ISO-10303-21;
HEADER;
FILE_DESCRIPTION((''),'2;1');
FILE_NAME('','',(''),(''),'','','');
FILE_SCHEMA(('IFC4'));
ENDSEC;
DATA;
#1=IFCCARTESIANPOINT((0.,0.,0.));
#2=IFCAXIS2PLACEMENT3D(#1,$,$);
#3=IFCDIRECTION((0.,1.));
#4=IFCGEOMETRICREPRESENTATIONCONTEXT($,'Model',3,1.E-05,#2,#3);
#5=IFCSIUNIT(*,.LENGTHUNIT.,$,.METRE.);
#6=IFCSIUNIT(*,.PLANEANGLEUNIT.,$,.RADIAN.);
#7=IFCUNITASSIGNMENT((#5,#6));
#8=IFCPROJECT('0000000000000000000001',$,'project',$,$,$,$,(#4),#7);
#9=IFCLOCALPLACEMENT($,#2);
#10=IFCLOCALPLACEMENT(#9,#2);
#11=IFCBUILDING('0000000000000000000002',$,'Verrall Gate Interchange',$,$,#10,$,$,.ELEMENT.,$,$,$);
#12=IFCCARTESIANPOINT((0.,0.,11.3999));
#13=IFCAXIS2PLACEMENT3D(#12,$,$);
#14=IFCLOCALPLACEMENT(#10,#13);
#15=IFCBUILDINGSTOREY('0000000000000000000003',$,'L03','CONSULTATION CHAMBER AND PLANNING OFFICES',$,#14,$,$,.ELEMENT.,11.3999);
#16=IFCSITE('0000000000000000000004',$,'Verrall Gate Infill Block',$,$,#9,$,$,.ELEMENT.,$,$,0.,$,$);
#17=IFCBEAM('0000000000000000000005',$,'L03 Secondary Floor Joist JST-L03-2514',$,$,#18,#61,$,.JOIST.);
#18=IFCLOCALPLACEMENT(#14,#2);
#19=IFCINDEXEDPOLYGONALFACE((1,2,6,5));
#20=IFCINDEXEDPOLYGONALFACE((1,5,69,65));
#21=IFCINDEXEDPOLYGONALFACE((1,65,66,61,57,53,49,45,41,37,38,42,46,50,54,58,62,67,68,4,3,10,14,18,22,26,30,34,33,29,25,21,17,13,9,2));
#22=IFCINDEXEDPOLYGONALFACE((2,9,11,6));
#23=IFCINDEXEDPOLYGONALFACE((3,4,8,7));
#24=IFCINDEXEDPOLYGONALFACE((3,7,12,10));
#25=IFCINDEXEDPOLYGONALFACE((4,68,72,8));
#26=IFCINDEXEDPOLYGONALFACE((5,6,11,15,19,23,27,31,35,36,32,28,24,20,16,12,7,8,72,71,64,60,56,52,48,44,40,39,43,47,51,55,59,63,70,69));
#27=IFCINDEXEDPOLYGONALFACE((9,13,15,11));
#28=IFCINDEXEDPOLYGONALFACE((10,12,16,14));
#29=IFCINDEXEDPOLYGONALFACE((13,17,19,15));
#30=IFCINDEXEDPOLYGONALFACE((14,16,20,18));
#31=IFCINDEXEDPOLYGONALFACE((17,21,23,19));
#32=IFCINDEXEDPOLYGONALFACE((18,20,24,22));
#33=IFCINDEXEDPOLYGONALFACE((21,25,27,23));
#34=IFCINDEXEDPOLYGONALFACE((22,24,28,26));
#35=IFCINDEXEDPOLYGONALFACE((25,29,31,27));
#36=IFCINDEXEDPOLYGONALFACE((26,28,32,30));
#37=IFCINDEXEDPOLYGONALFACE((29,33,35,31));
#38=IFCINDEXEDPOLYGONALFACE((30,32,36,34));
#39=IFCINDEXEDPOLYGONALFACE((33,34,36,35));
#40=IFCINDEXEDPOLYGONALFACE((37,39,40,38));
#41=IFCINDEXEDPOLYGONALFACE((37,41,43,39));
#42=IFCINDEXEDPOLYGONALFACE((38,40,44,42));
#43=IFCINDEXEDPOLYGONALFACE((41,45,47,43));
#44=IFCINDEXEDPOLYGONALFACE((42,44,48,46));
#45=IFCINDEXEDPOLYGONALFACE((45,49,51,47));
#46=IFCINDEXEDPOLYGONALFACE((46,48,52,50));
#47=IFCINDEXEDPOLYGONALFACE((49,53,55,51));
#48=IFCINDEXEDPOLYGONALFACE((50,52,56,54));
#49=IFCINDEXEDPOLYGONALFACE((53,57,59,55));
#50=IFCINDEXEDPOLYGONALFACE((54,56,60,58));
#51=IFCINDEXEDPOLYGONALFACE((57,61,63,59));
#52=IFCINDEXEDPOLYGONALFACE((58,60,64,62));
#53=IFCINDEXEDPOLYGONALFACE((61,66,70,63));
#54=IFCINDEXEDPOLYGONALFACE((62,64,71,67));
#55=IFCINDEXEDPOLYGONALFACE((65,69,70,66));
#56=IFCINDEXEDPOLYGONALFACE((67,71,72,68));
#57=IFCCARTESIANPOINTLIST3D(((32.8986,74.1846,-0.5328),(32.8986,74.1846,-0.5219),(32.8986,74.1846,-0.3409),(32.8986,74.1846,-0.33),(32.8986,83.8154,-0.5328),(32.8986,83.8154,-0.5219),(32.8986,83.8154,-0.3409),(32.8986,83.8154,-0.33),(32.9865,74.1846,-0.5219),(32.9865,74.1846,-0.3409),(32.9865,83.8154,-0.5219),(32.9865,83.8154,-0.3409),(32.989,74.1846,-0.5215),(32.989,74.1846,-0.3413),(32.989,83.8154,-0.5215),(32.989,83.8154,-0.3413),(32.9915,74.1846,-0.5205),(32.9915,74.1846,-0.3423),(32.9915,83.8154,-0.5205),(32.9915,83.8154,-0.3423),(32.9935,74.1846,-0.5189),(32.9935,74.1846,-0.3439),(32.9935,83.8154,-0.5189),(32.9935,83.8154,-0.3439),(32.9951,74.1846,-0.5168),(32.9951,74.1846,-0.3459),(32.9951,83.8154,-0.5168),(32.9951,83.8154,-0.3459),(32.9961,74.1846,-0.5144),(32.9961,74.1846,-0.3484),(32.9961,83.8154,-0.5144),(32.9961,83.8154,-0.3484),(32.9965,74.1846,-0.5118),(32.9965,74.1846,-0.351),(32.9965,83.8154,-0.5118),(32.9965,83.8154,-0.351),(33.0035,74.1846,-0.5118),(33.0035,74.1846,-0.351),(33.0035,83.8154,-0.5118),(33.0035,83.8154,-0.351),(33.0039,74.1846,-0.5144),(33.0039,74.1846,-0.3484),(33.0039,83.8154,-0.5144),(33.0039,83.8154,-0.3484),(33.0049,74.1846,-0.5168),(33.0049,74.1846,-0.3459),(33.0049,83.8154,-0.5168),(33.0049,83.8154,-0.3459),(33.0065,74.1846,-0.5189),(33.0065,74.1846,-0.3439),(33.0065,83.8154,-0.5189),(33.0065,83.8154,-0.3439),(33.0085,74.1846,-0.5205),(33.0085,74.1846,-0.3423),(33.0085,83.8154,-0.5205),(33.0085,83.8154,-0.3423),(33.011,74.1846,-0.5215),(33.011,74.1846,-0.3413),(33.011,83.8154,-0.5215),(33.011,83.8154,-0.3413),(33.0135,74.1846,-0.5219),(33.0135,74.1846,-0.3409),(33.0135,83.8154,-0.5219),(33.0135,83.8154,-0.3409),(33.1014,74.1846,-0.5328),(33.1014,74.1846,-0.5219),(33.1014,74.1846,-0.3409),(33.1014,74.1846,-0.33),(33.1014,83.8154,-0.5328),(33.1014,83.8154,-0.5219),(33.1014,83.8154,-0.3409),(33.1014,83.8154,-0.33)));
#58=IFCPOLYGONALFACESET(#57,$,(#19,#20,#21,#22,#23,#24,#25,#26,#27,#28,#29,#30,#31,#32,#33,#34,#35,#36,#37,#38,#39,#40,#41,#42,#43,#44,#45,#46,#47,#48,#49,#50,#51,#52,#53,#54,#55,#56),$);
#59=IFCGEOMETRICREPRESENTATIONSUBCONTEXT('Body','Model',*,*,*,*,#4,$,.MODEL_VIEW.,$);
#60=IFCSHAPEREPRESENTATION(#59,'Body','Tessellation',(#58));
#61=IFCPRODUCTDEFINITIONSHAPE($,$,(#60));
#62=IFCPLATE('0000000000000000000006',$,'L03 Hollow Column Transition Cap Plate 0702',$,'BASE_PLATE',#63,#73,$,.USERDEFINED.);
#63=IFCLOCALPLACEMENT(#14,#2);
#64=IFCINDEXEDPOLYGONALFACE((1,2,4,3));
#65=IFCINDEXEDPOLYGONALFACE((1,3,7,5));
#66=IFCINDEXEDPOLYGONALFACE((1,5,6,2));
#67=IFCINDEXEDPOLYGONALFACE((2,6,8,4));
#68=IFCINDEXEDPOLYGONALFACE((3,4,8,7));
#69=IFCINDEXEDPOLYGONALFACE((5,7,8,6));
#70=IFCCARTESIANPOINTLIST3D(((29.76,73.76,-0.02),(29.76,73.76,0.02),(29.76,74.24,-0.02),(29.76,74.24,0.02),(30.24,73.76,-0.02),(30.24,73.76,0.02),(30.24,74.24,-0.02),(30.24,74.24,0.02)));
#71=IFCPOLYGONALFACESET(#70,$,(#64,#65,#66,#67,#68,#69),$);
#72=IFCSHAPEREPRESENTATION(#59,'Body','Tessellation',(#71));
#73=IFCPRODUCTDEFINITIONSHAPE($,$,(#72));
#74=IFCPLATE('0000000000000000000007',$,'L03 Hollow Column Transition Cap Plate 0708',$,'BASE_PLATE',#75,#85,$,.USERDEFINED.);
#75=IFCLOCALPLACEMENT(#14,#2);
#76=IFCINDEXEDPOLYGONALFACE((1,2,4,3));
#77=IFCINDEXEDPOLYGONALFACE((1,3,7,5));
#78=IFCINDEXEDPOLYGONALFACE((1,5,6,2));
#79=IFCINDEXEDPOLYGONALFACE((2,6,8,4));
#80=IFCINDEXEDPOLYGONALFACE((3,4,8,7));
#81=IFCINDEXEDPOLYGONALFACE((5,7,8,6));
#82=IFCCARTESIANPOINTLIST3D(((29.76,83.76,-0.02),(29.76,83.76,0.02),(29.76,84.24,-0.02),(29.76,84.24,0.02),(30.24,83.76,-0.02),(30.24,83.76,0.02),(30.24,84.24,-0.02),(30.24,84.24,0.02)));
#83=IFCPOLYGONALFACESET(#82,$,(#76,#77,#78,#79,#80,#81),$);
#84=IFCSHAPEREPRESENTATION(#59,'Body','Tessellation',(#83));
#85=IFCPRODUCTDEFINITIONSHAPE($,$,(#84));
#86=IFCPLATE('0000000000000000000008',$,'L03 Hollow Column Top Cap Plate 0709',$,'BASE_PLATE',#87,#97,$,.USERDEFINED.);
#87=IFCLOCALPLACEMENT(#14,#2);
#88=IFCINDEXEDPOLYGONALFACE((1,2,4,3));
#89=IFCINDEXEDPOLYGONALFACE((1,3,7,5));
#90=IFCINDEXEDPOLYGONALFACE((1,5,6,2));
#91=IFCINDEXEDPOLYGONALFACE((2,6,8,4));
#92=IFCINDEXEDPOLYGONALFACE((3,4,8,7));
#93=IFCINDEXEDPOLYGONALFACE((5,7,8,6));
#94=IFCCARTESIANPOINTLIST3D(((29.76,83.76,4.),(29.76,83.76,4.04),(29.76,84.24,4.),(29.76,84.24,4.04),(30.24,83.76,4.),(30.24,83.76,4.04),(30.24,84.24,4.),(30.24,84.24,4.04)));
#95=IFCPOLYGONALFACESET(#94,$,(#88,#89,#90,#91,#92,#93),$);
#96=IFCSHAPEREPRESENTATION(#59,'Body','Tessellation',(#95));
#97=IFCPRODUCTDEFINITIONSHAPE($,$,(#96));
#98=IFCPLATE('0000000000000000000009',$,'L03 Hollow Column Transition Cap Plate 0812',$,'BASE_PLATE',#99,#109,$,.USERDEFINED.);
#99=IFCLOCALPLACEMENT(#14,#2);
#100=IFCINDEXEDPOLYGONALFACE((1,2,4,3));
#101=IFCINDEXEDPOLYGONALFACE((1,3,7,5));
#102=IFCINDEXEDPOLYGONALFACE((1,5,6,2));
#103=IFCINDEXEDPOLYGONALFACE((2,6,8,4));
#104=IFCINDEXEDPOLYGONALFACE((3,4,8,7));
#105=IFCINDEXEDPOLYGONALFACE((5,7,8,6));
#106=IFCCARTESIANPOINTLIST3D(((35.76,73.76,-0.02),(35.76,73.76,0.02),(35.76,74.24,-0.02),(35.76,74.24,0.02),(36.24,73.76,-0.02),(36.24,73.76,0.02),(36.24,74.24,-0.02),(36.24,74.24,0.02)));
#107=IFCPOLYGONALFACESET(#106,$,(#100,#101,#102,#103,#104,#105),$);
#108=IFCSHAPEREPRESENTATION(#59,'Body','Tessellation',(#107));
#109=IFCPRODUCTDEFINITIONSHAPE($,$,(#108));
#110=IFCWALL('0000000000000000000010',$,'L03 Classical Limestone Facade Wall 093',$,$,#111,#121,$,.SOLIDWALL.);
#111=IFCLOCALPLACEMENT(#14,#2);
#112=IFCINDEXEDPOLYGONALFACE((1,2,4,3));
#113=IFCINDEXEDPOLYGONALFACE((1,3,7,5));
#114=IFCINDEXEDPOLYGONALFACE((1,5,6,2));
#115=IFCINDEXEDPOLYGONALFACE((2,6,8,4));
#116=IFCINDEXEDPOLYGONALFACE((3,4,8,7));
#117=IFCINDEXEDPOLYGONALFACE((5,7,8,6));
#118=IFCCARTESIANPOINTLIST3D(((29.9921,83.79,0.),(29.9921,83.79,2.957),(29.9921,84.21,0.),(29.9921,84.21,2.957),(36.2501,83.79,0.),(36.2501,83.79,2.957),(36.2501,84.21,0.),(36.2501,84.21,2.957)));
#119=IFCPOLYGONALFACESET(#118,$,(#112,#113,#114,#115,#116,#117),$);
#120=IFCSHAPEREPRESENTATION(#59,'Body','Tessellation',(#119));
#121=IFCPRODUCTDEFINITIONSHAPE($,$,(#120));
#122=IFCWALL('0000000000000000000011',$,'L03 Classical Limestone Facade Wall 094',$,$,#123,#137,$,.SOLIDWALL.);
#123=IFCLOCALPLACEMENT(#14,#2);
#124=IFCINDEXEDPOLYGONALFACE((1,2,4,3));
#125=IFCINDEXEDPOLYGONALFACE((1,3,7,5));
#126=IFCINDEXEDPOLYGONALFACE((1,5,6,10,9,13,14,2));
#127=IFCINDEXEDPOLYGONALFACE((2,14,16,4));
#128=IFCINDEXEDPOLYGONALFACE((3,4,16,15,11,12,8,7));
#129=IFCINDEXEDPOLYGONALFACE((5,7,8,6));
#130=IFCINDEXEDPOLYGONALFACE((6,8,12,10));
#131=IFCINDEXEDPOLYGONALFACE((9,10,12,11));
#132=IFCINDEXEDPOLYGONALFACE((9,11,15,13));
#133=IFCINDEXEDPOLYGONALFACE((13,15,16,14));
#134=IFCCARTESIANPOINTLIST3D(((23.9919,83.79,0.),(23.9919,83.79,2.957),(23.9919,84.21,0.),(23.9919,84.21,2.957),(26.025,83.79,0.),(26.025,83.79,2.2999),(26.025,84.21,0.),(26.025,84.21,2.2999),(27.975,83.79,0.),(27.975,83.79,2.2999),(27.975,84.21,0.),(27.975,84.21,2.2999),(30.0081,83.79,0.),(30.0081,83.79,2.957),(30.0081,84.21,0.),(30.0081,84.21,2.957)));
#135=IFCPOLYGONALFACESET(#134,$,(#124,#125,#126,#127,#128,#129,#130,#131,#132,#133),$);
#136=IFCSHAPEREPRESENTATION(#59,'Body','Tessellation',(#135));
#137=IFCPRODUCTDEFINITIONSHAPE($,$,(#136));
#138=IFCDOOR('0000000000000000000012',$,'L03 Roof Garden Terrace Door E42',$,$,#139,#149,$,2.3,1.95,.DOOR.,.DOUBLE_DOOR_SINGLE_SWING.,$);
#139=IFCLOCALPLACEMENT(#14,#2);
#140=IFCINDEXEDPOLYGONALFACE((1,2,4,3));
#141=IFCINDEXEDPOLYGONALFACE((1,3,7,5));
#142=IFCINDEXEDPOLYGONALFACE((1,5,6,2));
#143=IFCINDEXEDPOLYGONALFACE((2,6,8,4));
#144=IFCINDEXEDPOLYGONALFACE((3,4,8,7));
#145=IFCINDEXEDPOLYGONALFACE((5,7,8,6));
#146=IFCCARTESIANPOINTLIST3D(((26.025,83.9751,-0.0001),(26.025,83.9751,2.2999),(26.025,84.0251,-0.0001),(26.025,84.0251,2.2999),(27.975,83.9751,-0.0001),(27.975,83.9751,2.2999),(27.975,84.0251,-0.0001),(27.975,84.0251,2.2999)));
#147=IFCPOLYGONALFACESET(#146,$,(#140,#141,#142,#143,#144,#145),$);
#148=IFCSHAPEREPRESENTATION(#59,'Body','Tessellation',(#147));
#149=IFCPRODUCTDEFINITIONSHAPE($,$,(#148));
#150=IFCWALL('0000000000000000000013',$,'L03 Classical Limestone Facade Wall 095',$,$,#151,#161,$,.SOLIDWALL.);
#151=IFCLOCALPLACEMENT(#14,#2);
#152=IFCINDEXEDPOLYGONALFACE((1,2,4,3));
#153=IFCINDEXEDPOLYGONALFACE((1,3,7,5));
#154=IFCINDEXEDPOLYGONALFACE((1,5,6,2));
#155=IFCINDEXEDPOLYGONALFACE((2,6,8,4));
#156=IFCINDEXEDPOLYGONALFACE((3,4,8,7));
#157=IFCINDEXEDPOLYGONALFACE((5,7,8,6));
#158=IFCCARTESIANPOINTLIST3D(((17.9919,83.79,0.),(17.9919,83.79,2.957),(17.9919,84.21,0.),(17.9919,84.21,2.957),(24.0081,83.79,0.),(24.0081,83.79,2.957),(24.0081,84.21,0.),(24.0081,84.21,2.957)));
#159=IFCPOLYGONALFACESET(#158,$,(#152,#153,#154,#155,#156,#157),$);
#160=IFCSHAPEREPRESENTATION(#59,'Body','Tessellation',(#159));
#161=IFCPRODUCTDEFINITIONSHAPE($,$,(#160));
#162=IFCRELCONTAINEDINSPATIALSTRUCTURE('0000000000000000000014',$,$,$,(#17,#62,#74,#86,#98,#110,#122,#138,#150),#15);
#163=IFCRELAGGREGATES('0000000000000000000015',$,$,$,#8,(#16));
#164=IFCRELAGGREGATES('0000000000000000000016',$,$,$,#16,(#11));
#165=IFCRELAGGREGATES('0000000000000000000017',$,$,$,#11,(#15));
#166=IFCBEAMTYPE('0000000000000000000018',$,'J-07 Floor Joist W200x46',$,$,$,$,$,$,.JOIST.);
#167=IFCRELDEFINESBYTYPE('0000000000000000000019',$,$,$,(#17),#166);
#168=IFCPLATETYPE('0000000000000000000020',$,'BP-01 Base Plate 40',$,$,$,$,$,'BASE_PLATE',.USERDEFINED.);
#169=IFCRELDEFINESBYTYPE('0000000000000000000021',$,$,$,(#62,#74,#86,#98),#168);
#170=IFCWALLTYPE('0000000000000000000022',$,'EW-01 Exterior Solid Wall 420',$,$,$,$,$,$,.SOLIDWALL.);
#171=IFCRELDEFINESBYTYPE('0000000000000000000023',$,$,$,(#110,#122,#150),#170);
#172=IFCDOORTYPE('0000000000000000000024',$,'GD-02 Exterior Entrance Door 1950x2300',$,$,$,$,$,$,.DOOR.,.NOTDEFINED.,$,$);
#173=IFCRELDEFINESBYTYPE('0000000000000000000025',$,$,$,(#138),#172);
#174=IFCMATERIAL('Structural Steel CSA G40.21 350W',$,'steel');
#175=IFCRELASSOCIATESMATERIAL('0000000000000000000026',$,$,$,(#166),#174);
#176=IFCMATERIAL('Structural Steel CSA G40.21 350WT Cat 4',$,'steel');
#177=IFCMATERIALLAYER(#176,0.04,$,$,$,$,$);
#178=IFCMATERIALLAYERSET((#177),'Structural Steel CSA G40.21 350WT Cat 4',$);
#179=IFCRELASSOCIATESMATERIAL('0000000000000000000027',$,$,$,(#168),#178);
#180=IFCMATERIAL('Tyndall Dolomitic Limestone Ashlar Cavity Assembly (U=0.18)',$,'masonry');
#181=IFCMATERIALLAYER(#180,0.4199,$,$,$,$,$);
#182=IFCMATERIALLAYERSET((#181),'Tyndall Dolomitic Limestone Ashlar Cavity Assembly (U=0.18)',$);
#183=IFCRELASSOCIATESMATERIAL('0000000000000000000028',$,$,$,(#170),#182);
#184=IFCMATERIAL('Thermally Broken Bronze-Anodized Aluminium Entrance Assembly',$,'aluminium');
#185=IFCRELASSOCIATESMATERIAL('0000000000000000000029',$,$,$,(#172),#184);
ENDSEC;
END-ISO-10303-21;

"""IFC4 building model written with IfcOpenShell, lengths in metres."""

from ifc_helpers import new_model, si_unit, direction, frame, frame_2d, origin, origin_2d, place, context, subcontext, project, spatial, rectangle, i_section, extrude, material, layer, layer_set, material_profile, profile_set, type_object, element, fill, save


model = new_model("IFC4")

# Units and contexts
model_context = context("Model", 3, precision=1e-05, world=origin(), true_north=direction((0.0, 1.0)))
body_context = subcontext(model_context, "Body", "Model", "MODEL_VIEW")
ifc_project = project(units=[si_unit("LENGTHUNIT", "METRE"), si_unit("PLANEANGLEUNIT", "RADIAN")], contexts=[model_context])

# Site, building, storey
site_placement = place(None, origin())
site = spatial("IfcSite", under=ifc_project, at=site_placement, Name="Verrall Gate Infill Block", CompositionType="ELEMENT", RefElevation=0.0)
building_placement = place(site_placement, origin())
building = spatial("IfcBuilding", under=site, at=building_placement, Name="Verrall Gate Interchange", CompositionType="ELEMENT")
storey_placement = place(building_placement, frame((0.0, 0.0, 11.3999)))
storey = spatial("IfcBuildingStorey", under=building, at=storey_placement, Name="L03", Description="CONSULTATION CHAMBER AND PLANNING OFFICES", CompositionType="ELEMENT", Elevation=11.3999)

# Beam
ifc_material_1 = material(Name="Structural Steel CSA G40.21 350W", Category="steel")
ifc_material_profile_1 = material_profile(ifc_material_1, i_section(OverallWidth=0.2029, OverallDepth=0.2029, WebThickness=0.0071, FlangeThickness=0.011, FilletRadius=0.01, at=origin_2d()), Name="W200x46")
ifc_profile_set_1 = profile_set([ifc_material_profile_1], Name="Structural Steel CSA G40.21 350W")
beam_type_1 = type_object("IfcBeamType", Name="J-07 Floor Joist W200x46", PredefinedType="JOIST", material=ifc_profile_set_1)
beam_1_placement = place(storey_placement, frame((33.0, 74.1846, -0.4314), z_axis=(0.0, 1.0, 0.0), x_axis=(-1.0, 0.0, 0.0)))
element("IfcBeam", 1, at=beam_1_placement, inside=storey, type_object=beam_type_1, Name="L03 Secondary Floor Joist JST-L03-2514", PredefinedType="JOIST", context=body_context, shape_type="SweptSolid", body=[
    extrude(i_section(OverallWidth=0.2029, OverallDepth=0.2029, WebThickness=0.0071, FlangeThickness=0.011, FilletRadius=0.01, at=origin_2d()), origin(), (0.0, 0.0, 1.0), 9.6309),
])

# Plates
ifc_material_2 = material(Name="Structural Steel CSA G40.21 350WT Cat 4", Category="steel")
ifc_layer_1 = layer(ifc_material_2, 0.04)
ifc_layer_set_1 = layer_set([ifc_layer_1], Name="Structural Steel CSA G40.21 350WT Cat 4")
plate_type = type_object("IfcPlateType", Name="BP-01 Base Plate 40", ElementType="BASE_PLATE", PredefinedType="USERDEFINED", material=ifc_layer_set_1)
for number, where, z_axis, x_axis, name in (
    (2, (30.0, 74.0, -0.02), (0.0, 0.0, 1.0), (1.0, 0.0, 0.0), "L03 Hollow Column Transition Cap Plate 0702"),
    (3, (30.0, 84.0, -0.02), (0.0, 0.0, 1.0), (1.0, 0.0, 0.0), "L03 Hollow Column Transition Cap Plate 0708"),
    (4, (30.0, 84.0, 4.0), (0.0, 0.0, 1.0), (1.0, 0.0, 0.0), "L03 Hollow Column Top Cap Plate 0709"),
    (5, (36.0, 74.0, -0.02), (0.0, 0.0, 1.0), (1.0, 0.0, 0.0), "L03 Hollow Column Transition Cap Plate 0812"),
):
    element("IfcPlate", number, at=place(storey_placement, frame(where, z_axis=z_axis, x_axis=x_axis)), inside=storey, type_object=plate_type, Name=name, ObjectType="BASE_PLATE", PredefinedType="USERDEFINED", context=body_context, shape_type="SweptSolid", body=[
        extrude(rectangle(XDim=0.48, YDim=0.48, at=origin_2d()), origin(), (0.0, 0.0, 1.0), 0.04),
    ])

# Wall
ifc_material_3 = material(Name="Tyndall Dolomitic Limestone Ashlar Cavity Assembly (U=0.18)", Category="masonry")
ifc_layer_2 = layer(ifc_material_3, 0.4199)
ifc_layer_set_2 = layer_set([ifc_layer_2], Name="Tyndall Dolomitic Limestone Ashlar Cavity Assembly (U=0.18)")
wall_type = type_object("IfcWallType", Name="EW-01 Exterior Solid Wall 420", PredefinedType="SOLIDWALL", material=ifc_layer_set_2)
wall_1_placement = place(storey_placement, frame((36.25, 84.0, 0.0), z_axis=(0.0, 0.0, 1.0), x_axis=(-1.0, 0.0, 0.0)))
element("IfcWall", 6, at=wall_1_placement, inside=storey, type_object=wall_type, Name="L03 Classical Limestone Facade Wall 093", PredefinedType="SOLIDWALL", context=body_context, shape_type="SweptSolid", body=[
    extrude(rectangle(XDim=6.2581, YDim=0.4199, at=frame_2d((3.1289, 0.0))), origin(), (0.0, 0.0, 1.0), 2.957),
])

# Wall, opening, door
wall_2_placement = place(storey_placement, frame((30.0081, 84.0, 0.0), z_axis=(0.0, 0.0, 1.0), x_axis=(-1.0, 0.0, 0.0)))
wall_2 = element("IfcWall", 7, at=wall_2_placement, inside=storey, type_object=wall_type, Name="L03 Classical Limestone Facade Wall 094", PredefinedType="SOLIDWALL", context=body_context, shape_type="SweptSolid", body=[
    extrude(rectangle(XDim=6.0161, YDim=0.4199, at=frame_2d((3.0081, 0.0))), origin(), (0.0, 0.0, 1.0), 2.957),
])
opening_placement = place(wall_2_placement, frame((2.033, 0.0, 0.0)))
opening = element("IfcOpeningElement", 8, at=opening_placement, cuts=wall_2, PredefinedType="OPENING", context=body_context, shape_type="SweptSolid", body=[
    extrude(rectangle(XDim=1.95, YDim=2.3, at=frame_2d((0.9751, 1.1499))), frame((0.0, 0.2249, 0.0), z_axis=(0.0, -1.0, 0.0), x_axis=(1.0, 0.0, 0.0)), (0.0, 0.0, 1.0), 0.4497),
])
ifc_material_4 = material(Name="Thermally Broken Bronze-Anodized Aluminium Entrance Assembly", Category="aluminium")
door_type = type_object("IfcDoorType", Name="GD-02 Exterior Entrance Door 1950x2300", OperationType="NOTDEFINED", PredefinedType="DOOR", material=ifc_material_4)
door_placement = place(opening_placement, origin())
door = element("IfcDoor", 9, at=door_placement, inside=storey, type_object=door_type, Name="L03 Roof Garden Terrace Door E42", OperationType="DOUBLE_DOOR_SINGLE_SWING", OverallHeight=2.3, OverallWidth=1.95, PredefinedType="DOOR", context=body_context, shape_type="SweptSolid", body=[
    extrude(rectangle(XDim=1.95, YDim=2.3, at=frame_2d((0.9751, 1.1499))), frame((0.0, 0.0249, 0.0), z_axis=(0.0, -1.0, 0.0), x_axis=(1.0, 0.0, 0.0)), (0.0, 0.0, 1.0), 0.05),
])
fill(opening, door)

# Wall
wall_3_placement = place(storey_placement, frame((24.0081, 84.0, 0.0), z_axis=(0.0, 0.0, 1.0), x_axis=(-1.0, 0.0, 0.0)))
element("IfcWall", 10, at=wall_3_placement, inside=storey, type_object=wall_type, Name="L03 Classical Limestone Facade Wall 095", PredefinedType="SOLIDWALL", context=body_context, shape_type="SweptSolid", body=[
    extrude(rectangle(XDim=6.0161, YDim=0.4199, at=frame_2d((3.0081, 0.0))), origin(), (0.0, 0.0, 1.0), 2.957),
])

save(model, "model.ifc")
